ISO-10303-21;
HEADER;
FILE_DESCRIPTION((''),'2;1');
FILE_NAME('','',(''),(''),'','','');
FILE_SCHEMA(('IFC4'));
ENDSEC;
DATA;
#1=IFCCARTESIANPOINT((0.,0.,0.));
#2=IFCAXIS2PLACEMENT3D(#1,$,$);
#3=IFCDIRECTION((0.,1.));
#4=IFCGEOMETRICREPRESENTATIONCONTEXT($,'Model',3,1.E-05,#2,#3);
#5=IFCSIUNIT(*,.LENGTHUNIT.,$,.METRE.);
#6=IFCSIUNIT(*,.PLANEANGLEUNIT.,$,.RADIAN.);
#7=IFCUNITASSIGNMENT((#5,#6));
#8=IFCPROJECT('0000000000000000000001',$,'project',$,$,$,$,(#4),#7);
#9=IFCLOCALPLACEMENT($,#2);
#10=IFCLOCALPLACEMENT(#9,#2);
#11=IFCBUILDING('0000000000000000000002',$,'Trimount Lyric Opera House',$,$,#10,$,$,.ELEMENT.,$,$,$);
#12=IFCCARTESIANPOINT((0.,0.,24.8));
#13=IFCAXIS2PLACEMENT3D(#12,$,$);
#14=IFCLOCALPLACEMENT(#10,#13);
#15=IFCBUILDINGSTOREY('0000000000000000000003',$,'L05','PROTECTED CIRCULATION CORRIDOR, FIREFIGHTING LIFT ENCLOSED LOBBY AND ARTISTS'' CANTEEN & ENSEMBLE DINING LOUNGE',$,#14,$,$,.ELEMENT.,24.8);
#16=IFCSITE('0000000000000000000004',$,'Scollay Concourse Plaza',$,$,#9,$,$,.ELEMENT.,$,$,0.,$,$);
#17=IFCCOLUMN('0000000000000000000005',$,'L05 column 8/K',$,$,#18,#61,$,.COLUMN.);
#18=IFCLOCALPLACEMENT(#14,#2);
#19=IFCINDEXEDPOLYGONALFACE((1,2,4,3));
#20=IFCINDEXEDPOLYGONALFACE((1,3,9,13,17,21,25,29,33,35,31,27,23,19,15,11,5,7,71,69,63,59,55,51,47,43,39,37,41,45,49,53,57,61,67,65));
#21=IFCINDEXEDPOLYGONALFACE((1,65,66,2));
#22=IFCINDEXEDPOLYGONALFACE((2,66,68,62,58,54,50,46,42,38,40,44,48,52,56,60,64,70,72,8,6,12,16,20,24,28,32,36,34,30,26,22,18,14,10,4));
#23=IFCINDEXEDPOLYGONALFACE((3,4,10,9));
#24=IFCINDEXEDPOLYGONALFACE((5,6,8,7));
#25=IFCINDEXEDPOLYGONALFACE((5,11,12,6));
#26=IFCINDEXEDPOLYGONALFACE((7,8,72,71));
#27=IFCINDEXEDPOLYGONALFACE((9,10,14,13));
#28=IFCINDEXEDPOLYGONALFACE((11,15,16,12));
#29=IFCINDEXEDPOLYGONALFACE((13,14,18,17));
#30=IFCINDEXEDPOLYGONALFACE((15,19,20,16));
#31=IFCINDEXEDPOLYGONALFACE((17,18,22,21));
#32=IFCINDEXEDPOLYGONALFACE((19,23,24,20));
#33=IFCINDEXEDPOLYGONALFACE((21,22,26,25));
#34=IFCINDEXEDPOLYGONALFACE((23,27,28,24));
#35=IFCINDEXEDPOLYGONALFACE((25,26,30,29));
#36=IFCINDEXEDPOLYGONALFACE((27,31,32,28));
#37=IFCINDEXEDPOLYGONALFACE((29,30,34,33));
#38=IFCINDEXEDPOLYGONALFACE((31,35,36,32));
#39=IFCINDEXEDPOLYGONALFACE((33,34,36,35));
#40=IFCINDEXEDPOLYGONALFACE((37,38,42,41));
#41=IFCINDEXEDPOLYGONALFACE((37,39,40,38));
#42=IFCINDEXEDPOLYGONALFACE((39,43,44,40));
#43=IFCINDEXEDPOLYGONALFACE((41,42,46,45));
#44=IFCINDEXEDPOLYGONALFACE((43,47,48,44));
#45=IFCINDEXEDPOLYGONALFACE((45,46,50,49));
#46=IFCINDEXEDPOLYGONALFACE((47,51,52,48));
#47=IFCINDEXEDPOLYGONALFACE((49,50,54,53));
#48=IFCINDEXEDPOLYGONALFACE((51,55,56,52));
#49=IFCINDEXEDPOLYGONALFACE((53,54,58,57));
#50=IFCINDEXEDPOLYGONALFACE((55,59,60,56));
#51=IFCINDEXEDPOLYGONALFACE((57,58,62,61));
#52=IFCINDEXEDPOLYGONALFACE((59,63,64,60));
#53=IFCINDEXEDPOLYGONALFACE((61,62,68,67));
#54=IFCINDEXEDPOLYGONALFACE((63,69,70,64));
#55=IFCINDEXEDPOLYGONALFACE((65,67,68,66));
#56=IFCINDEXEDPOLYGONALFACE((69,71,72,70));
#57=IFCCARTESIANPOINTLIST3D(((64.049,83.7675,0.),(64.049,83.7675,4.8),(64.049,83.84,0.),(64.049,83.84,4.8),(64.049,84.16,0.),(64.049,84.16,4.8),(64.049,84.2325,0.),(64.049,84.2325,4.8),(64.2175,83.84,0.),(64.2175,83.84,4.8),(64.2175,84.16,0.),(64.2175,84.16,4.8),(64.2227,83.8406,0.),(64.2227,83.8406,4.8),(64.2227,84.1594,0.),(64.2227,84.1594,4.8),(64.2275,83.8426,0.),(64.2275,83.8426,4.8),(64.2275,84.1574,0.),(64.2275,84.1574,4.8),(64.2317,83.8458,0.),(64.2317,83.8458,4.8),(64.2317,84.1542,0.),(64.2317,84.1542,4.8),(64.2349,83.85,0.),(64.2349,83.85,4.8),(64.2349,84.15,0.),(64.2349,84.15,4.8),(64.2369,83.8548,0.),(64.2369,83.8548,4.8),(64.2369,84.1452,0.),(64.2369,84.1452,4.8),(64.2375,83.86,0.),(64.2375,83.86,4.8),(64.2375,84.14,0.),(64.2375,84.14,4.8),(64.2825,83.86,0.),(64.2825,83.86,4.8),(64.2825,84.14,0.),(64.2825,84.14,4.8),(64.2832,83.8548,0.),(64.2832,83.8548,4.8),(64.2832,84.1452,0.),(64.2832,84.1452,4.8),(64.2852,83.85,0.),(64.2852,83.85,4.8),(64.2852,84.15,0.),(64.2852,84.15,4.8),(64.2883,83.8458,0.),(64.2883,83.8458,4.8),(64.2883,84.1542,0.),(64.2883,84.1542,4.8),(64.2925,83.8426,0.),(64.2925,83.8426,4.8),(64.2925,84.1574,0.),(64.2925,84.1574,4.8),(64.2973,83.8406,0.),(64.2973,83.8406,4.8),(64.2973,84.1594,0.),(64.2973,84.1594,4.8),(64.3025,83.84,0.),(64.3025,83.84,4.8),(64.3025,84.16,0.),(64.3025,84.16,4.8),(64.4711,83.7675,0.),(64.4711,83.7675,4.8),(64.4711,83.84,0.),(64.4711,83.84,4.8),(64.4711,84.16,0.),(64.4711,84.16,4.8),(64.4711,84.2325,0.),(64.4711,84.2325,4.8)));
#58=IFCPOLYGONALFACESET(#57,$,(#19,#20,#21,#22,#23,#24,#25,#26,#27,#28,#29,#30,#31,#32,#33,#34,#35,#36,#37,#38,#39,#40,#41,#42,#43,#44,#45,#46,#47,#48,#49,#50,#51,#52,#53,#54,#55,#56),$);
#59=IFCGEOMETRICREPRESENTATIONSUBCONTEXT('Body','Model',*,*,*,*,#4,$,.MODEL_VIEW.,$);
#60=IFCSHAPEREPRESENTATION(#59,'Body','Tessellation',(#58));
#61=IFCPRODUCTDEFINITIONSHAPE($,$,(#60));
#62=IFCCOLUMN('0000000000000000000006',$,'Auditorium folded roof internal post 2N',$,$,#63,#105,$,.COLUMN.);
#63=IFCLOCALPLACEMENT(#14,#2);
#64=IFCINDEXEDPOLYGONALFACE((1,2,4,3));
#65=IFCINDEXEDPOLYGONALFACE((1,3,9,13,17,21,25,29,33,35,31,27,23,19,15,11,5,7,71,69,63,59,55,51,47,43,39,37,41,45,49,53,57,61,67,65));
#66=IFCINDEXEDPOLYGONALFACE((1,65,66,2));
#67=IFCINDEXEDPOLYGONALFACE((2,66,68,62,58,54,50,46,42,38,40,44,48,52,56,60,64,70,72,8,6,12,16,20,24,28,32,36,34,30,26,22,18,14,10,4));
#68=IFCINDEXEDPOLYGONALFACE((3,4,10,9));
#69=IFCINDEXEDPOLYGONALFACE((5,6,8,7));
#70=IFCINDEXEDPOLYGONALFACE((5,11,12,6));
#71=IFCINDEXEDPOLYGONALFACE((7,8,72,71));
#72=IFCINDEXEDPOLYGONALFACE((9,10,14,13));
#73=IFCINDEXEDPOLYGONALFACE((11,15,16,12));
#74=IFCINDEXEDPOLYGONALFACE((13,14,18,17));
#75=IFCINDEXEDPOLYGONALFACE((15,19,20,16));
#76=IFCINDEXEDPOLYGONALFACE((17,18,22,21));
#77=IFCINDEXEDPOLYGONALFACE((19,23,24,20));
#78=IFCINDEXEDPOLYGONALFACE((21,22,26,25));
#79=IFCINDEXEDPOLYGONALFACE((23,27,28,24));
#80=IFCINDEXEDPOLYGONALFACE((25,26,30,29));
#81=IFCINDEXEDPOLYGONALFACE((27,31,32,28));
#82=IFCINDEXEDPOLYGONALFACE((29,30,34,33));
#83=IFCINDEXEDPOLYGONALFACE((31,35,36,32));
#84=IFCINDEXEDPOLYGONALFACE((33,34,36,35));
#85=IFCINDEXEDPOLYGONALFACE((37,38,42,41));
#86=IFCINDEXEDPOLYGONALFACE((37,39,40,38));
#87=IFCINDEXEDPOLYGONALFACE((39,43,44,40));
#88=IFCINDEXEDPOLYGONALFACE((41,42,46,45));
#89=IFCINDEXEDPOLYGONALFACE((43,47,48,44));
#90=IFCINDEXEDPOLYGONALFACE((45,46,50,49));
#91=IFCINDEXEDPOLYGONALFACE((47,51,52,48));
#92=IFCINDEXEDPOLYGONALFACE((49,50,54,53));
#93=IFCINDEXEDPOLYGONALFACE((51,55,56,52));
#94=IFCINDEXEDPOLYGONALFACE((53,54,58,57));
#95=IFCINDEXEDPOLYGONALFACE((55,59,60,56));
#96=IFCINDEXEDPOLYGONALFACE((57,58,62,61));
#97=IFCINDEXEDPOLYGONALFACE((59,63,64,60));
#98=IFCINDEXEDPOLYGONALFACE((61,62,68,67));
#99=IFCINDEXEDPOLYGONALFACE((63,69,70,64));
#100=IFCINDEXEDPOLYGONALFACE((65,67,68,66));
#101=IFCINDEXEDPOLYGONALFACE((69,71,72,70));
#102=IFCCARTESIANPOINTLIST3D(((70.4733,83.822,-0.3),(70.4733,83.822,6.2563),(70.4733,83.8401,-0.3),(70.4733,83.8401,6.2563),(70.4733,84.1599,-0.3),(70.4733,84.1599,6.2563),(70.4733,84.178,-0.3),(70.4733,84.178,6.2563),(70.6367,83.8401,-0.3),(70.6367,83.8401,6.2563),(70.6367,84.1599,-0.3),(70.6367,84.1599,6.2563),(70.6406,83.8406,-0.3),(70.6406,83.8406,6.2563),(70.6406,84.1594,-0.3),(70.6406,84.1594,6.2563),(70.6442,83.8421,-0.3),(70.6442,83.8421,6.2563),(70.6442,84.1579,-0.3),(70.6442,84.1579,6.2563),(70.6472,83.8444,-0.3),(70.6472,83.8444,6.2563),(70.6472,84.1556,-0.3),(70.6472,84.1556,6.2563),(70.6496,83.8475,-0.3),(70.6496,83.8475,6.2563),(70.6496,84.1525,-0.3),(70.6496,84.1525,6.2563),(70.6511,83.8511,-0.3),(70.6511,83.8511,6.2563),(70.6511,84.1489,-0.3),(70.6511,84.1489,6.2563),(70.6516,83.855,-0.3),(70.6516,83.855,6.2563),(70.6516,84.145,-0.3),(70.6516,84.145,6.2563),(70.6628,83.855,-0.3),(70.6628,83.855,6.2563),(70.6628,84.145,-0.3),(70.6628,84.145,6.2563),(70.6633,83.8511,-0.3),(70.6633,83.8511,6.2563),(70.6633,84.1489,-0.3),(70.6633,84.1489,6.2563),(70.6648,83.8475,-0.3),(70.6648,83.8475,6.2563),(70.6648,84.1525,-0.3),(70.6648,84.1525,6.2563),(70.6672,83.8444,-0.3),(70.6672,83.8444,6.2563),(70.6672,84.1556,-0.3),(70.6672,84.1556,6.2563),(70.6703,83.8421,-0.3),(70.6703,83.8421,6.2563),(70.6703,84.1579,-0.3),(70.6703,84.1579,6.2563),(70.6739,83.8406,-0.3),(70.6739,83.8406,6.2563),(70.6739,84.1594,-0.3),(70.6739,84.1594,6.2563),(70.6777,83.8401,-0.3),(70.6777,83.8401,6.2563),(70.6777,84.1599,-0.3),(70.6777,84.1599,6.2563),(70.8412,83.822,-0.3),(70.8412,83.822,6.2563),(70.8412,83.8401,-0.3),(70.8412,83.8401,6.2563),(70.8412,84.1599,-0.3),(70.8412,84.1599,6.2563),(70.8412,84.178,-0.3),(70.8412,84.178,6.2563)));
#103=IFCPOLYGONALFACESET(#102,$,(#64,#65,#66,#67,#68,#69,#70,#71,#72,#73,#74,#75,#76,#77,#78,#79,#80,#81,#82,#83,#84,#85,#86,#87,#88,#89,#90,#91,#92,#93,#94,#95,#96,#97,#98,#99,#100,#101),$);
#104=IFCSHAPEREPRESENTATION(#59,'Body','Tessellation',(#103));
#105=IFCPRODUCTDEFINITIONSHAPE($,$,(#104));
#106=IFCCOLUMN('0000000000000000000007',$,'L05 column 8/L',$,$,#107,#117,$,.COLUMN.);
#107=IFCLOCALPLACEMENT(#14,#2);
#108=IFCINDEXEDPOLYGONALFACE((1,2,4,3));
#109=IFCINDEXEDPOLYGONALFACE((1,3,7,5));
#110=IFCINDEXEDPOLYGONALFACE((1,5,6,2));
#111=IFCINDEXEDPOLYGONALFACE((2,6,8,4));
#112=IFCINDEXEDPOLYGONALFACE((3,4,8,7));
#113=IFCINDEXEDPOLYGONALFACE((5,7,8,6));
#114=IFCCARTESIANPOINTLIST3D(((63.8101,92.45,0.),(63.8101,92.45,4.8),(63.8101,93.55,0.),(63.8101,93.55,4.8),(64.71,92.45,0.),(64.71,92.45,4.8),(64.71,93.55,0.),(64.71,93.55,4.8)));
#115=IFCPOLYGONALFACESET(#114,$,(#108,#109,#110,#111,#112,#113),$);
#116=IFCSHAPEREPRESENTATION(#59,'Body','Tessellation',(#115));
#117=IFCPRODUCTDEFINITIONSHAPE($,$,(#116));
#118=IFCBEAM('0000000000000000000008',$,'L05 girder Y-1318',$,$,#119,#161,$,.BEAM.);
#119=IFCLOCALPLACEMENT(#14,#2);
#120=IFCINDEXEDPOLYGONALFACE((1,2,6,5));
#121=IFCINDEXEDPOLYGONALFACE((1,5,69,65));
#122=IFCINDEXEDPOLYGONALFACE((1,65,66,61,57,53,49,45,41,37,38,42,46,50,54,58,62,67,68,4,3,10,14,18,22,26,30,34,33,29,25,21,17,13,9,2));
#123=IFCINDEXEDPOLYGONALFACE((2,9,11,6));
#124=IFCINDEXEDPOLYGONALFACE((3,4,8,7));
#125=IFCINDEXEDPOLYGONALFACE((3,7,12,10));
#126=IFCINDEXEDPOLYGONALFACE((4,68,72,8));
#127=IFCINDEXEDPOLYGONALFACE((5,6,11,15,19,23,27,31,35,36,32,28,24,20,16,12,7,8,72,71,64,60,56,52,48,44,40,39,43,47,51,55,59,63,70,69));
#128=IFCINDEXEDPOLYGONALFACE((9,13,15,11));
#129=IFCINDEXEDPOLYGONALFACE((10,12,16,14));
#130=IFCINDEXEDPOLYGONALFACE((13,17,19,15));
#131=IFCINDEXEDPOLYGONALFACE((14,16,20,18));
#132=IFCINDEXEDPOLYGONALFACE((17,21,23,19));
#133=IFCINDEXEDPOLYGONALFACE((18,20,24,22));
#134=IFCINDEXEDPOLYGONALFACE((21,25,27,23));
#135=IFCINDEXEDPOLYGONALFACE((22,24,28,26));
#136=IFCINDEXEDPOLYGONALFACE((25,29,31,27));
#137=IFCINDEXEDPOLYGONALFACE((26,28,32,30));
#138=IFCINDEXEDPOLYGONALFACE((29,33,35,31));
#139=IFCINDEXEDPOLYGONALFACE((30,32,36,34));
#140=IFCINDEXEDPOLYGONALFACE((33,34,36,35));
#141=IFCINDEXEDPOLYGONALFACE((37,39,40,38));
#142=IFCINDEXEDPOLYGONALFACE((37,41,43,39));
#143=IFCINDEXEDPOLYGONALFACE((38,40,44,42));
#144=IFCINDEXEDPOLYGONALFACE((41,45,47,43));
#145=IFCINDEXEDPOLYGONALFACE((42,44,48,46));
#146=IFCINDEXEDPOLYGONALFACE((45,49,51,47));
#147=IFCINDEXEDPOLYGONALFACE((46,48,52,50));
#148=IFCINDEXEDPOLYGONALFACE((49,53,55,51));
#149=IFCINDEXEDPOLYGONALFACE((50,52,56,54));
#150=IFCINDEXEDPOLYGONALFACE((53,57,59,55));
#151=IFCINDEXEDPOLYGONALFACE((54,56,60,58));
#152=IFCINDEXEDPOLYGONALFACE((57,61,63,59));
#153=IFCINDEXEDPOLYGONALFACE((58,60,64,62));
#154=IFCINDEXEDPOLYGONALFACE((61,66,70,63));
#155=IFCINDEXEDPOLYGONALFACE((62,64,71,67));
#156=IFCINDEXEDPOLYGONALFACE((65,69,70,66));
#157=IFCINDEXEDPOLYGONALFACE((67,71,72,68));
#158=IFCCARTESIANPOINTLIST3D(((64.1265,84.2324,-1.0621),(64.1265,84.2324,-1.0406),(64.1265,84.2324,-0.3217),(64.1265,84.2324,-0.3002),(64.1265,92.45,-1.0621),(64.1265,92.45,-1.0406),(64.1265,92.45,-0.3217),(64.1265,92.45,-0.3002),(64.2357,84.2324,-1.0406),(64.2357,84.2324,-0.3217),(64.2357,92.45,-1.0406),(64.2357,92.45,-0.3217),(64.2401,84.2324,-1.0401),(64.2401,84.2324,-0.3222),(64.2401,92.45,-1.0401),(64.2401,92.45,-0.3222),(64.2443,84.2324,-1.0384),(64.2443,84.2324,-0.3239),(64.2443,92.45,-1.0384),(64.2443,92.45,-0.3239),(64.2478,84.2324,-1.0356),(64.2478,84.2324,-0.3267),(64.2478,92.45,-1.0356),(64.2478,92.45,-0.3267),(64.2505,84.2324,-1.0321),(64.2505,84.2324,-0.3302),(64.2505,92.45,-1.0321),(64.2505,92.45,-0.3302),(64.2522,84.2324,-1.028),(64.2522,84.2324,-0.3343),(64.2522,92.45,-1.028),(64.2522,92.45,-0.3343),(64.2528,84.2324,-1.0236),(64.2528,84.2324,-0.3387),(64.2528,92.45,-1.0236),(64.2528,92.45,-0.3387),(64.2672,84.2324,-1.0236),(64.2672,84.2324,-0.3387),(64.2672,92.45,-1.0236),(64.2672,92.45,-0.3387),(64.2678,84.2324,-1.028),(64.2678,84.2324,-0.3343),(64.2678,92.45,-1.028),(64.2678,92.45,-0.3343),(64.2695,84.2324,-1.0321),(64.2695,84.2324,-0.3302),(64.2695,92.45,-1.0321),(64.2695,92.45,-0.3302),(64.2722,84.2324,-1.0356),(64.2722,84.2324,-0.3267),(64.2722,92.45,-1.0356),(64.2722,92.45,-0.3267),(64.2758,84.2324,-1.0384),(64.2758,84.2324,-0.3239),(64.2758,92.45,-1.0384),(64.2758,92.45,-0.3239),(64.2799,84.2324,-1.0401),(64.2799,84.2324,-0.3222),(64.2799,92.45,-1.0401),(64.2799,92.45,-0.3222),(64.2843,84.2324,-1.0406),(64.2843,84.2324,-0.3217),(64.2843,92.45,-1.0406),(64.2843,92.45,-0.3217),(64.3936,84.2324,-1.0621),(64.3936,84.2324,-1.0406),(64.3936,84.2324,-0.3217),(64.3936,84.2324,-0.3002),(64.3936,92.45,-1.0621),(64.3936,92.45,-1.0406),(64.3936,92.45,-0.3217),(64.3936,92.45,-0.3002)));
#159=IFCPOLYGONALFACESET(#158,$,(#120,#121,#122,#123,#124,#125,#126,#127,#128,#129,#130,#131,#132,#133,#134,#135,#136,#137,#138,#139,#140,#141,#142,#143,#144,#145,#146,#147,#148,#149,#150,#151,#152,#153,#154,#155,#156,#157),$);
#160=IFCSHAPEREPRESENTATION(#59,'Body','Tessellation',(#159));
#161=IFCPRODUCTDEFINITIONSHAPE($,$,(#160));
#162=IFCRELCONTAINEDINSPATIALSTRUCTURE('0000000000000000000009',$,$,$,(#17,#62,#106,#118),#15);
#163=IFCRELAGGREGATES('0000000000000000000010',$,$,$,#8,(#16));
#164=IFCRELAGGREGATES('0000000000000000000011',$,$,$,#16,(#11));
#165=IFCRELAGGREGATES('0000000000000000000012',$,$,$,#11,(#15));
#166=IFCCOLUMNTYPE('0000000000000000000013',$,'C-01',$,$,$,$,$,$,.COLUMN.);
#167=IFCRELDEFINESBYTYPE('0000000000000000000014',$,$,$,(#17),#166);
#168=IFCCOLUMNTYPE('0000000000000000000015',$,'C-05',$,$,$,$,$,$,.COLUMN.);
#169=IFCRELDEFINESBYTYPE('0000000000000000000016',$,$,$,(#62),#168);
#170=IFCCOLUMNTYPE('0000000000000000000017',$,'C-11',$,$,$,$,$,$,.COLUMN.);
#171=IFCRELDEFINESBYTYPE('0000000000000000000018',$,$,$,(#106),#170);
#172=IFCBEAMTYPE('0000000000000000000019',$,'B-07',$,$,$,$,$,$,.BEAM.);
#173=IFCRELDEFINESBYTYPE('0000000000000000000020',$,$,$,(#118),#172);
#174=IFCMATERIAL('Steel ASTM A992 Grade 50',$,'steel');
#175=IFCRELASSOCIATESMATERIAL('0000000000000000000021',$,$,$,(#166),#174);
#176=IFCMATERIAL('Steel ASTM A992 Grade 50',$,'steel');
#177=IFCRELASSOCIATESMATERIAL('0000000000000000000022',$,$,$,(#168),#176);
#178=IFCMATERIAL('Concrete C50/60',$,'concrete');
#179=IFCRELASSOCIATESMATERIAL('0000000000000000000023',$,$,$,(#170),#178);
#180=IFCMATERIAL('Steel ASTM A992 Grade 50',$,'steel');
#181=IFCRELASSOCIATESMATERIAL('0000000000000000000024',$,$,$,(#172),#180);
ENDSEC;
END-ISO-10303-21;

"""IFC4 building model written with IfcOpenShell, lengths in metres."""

from ifc_helpers import new_model, si_unit, direction, frame, origin, origin_2d, place, context, subcontext, project, spatial, rectangle, i_section, extrude, material, material_profile, profile_set, type_object, element, save


model = new_model("IFC4")

# Units and contexts
model_context = context("Model", 3, precision=1e-05, world=origin(), true_north=direction((0.0, 1.0)))
body_context = subcontext(model_context, "Body", "Model", "MODEL_VIEW")
ifc_project = project(units=[si_unit("LENGTHUNIT", "METRE"), si_unit("PLANEANGLEUNIT", "RADIAN")], contexts=[model_context])

# Site, building, storey
site_placement = place(None, origin())
site = spatial("IfcSite", under=ifc_project, at=site_placement, Name="Scollay Concourse Plaza", CompositionType="ELEMENT", RefElevation=0.0)
building_placement = place(site_placement, origin())
building = spatial("IfcBuilding", under=site, at=building_placement, Name="Trimount Lyric Opera House", CompositionType="ELEMENT")
storey_placement = place(building_placement, frame((0.0, 0.0, 24.8)))
storey = spatial("IfcBuildingStorey", under=building, at=storey_placement, Name="L05", Description="PROTECTED CIRCULATION CORRIDOR, FIREFIGHTING LIFT ENCLOSED LOBBY AND ARTISTS' CANTEEN & ENSEMBLE DINING LOUNGE", CompositionType="ELEMENT", Elevation=24.8)

# Columns
ifc_material_1 = material(Name="Steel ASTM A992 Grade 50", Category="steel")
ifc_material_profile_1 = material_profile(ifc_material_1, i_section(OverallWidth=0.4221, OverallDepth=0.4651, WebThickness=0.0449, FlangeThickness=0.0725, FilletRadius=0.02, at=origin_2d()), Name="W14X398")
ifc_profile_set_1 = profile_set([ifc_material_profile_1], Name="Steel ASTM A992 Grade 50")
column_type_1 = type_object("IfcColumnType", Name="C-01", PredefinedType="COLUMN", material=ifc_profile_set_1)
column_1_placement = place(storey_placement, frame((64.26, 84.0, 0.0), z_axis=(0.0, 0.0, 1.0), x_axis=(1.0, 0.0, 0.0)))
element("IfcColumn", 1, at=column_1_placement, inside=storey, type_object=column_type_1, Name="L05 column 8/K", PredefinedType="COLUMN", context=body_context, shape_type="SweptSolid", body=[
    extrude(i_section(OverallWidth=0.4221, OverallDepth=0.4651, WebThickness=0.0449, FlangeThickness=0.0725, FilletRadius=0.02, at=origin_2d()), origin(), (0.0, 0.0, 1.0), 4.8),
])
ifc_material_2 = material(Name="Steel ASTM A992 Grade 50", Category="steel")
ifc_material_profile_2 = material_profile(ifc_material_2, i_section(OverallWidth=0.3679, OverallDepth=0.356, WebThickness=0.0112, FlangeThickness=0.0181, FilletRadius=0.0149, at=origin_2d()), Name="W14X90")
ifc_profile_set_2 = profile_set([ifc_material_profile_2], Name="Steel ASTM A992 Grade 50")
column_type_2 = type_object("IfcColumnType", Name="C-05", PredefinedType="COLUMN", material=ifc_profile_set_2)
column_2_placement = place(storey_placement, frame((70.6572, 84.0, -0.3), z_axis=(0.0, 0.0, 1.0), x_axis=(1.0, 0.0, 0.0)))
element("IfcColumn", 2, at=column_2_placement, inside=storey, type_object=column_type_2, Name="Auditorium folded roof internal post 2N", PredefinedType="COLUMN", context=body_context, shape_type="SweptSolid", body=[
    extrude(i_section(OverallWidth=0.3679, OverallDepth=0.356, WebThickness=0.0112, FlangeThickness=0.0181, FilletRadius=0.0149, at=origin_2d()), origin(), (0.0, 0.0, 1.0), 6.5564),
])
ifc_material_3 = material(Name="Concrete C50/60", Category="concrete")
ifc_material_profile_3 = material_profile(ifc_material_3, rectangle(XDim=0.8999, YDim=1.1001, at=origin_2d()), Name="RC1100X900")
ifc_profile_set_3 = profile_set([ifc_material_profile_3], Name="Concrete C50/60")
column_type_3 = type_object("IfcColumnType", Name="C-11", PredefinedType="COLUMN", material=ifc_profile_set_3)
column_3_placement = place(storey_placement, frame((64.26, 93.0, 0.0), z_axis=(0.0, 0.0, 1.0), x_axis=(1.0, 0.0, 0.0)))
element("IfcColumn", 3, at=column_3_placement, inside=storey, type_object=column_type_3, Name="L05 column 8/L", PredefinedType="COLUMN", context=body_context, shape_type="SweptSolid", body=[
    extrude(rectangle(XDim=0.8999, YDim=1.1001, at=origin_2d()), origin(), (0.0, 0.0, 1.0), 4.8),
])

# Beam
ifc_material_4 = material(Name="Steel ASTM A992 Grade 50", Category="steel")
ifc_material_profile_4 = material_profile(ifc_material_4, i_section(OverallWidth=0.2671, OverallDepth=0.762, WebThickness=0.0144, FlangeThickness=0.0215, FilletRadius=0.0171, at=origin_2d()), Name="W30X116")
ifc_profile_set_4 = profile_set([ifc_material_profile_4], Name="Steel ASTM A992 Grade 50")
beam_type_1 = type_object("IfcBeamType", Name="B-07", PredefinedType="BEAM", material=ifc_profile_set_4)
beam_1_placement = place(storey_placement, frame((64.26, 84.2324, -0.6812), z_axis=(0.0, 1.0, 0.0), x_axis=(-1.0, 0.0, 0.0)))
element("IfcBeam", 4, at=beam_1_placement, inside=storey, type_object=beam_type_1, Name="L05 girder Y-1318", PredefinedType="BEAM", context=body_context, shape_type="SweptSolid", body=[
    extrude(i_section(OverallWidth=0.2671, OverallDepth=0.762, WebThickness=0.0144, FlangeThickness=0.0215, FilletRadius=0.0171, at=origin_2d()), origin(), (0.0, 0.0, 1.0), 8.2175),
])

save(model, "model.ifc")
